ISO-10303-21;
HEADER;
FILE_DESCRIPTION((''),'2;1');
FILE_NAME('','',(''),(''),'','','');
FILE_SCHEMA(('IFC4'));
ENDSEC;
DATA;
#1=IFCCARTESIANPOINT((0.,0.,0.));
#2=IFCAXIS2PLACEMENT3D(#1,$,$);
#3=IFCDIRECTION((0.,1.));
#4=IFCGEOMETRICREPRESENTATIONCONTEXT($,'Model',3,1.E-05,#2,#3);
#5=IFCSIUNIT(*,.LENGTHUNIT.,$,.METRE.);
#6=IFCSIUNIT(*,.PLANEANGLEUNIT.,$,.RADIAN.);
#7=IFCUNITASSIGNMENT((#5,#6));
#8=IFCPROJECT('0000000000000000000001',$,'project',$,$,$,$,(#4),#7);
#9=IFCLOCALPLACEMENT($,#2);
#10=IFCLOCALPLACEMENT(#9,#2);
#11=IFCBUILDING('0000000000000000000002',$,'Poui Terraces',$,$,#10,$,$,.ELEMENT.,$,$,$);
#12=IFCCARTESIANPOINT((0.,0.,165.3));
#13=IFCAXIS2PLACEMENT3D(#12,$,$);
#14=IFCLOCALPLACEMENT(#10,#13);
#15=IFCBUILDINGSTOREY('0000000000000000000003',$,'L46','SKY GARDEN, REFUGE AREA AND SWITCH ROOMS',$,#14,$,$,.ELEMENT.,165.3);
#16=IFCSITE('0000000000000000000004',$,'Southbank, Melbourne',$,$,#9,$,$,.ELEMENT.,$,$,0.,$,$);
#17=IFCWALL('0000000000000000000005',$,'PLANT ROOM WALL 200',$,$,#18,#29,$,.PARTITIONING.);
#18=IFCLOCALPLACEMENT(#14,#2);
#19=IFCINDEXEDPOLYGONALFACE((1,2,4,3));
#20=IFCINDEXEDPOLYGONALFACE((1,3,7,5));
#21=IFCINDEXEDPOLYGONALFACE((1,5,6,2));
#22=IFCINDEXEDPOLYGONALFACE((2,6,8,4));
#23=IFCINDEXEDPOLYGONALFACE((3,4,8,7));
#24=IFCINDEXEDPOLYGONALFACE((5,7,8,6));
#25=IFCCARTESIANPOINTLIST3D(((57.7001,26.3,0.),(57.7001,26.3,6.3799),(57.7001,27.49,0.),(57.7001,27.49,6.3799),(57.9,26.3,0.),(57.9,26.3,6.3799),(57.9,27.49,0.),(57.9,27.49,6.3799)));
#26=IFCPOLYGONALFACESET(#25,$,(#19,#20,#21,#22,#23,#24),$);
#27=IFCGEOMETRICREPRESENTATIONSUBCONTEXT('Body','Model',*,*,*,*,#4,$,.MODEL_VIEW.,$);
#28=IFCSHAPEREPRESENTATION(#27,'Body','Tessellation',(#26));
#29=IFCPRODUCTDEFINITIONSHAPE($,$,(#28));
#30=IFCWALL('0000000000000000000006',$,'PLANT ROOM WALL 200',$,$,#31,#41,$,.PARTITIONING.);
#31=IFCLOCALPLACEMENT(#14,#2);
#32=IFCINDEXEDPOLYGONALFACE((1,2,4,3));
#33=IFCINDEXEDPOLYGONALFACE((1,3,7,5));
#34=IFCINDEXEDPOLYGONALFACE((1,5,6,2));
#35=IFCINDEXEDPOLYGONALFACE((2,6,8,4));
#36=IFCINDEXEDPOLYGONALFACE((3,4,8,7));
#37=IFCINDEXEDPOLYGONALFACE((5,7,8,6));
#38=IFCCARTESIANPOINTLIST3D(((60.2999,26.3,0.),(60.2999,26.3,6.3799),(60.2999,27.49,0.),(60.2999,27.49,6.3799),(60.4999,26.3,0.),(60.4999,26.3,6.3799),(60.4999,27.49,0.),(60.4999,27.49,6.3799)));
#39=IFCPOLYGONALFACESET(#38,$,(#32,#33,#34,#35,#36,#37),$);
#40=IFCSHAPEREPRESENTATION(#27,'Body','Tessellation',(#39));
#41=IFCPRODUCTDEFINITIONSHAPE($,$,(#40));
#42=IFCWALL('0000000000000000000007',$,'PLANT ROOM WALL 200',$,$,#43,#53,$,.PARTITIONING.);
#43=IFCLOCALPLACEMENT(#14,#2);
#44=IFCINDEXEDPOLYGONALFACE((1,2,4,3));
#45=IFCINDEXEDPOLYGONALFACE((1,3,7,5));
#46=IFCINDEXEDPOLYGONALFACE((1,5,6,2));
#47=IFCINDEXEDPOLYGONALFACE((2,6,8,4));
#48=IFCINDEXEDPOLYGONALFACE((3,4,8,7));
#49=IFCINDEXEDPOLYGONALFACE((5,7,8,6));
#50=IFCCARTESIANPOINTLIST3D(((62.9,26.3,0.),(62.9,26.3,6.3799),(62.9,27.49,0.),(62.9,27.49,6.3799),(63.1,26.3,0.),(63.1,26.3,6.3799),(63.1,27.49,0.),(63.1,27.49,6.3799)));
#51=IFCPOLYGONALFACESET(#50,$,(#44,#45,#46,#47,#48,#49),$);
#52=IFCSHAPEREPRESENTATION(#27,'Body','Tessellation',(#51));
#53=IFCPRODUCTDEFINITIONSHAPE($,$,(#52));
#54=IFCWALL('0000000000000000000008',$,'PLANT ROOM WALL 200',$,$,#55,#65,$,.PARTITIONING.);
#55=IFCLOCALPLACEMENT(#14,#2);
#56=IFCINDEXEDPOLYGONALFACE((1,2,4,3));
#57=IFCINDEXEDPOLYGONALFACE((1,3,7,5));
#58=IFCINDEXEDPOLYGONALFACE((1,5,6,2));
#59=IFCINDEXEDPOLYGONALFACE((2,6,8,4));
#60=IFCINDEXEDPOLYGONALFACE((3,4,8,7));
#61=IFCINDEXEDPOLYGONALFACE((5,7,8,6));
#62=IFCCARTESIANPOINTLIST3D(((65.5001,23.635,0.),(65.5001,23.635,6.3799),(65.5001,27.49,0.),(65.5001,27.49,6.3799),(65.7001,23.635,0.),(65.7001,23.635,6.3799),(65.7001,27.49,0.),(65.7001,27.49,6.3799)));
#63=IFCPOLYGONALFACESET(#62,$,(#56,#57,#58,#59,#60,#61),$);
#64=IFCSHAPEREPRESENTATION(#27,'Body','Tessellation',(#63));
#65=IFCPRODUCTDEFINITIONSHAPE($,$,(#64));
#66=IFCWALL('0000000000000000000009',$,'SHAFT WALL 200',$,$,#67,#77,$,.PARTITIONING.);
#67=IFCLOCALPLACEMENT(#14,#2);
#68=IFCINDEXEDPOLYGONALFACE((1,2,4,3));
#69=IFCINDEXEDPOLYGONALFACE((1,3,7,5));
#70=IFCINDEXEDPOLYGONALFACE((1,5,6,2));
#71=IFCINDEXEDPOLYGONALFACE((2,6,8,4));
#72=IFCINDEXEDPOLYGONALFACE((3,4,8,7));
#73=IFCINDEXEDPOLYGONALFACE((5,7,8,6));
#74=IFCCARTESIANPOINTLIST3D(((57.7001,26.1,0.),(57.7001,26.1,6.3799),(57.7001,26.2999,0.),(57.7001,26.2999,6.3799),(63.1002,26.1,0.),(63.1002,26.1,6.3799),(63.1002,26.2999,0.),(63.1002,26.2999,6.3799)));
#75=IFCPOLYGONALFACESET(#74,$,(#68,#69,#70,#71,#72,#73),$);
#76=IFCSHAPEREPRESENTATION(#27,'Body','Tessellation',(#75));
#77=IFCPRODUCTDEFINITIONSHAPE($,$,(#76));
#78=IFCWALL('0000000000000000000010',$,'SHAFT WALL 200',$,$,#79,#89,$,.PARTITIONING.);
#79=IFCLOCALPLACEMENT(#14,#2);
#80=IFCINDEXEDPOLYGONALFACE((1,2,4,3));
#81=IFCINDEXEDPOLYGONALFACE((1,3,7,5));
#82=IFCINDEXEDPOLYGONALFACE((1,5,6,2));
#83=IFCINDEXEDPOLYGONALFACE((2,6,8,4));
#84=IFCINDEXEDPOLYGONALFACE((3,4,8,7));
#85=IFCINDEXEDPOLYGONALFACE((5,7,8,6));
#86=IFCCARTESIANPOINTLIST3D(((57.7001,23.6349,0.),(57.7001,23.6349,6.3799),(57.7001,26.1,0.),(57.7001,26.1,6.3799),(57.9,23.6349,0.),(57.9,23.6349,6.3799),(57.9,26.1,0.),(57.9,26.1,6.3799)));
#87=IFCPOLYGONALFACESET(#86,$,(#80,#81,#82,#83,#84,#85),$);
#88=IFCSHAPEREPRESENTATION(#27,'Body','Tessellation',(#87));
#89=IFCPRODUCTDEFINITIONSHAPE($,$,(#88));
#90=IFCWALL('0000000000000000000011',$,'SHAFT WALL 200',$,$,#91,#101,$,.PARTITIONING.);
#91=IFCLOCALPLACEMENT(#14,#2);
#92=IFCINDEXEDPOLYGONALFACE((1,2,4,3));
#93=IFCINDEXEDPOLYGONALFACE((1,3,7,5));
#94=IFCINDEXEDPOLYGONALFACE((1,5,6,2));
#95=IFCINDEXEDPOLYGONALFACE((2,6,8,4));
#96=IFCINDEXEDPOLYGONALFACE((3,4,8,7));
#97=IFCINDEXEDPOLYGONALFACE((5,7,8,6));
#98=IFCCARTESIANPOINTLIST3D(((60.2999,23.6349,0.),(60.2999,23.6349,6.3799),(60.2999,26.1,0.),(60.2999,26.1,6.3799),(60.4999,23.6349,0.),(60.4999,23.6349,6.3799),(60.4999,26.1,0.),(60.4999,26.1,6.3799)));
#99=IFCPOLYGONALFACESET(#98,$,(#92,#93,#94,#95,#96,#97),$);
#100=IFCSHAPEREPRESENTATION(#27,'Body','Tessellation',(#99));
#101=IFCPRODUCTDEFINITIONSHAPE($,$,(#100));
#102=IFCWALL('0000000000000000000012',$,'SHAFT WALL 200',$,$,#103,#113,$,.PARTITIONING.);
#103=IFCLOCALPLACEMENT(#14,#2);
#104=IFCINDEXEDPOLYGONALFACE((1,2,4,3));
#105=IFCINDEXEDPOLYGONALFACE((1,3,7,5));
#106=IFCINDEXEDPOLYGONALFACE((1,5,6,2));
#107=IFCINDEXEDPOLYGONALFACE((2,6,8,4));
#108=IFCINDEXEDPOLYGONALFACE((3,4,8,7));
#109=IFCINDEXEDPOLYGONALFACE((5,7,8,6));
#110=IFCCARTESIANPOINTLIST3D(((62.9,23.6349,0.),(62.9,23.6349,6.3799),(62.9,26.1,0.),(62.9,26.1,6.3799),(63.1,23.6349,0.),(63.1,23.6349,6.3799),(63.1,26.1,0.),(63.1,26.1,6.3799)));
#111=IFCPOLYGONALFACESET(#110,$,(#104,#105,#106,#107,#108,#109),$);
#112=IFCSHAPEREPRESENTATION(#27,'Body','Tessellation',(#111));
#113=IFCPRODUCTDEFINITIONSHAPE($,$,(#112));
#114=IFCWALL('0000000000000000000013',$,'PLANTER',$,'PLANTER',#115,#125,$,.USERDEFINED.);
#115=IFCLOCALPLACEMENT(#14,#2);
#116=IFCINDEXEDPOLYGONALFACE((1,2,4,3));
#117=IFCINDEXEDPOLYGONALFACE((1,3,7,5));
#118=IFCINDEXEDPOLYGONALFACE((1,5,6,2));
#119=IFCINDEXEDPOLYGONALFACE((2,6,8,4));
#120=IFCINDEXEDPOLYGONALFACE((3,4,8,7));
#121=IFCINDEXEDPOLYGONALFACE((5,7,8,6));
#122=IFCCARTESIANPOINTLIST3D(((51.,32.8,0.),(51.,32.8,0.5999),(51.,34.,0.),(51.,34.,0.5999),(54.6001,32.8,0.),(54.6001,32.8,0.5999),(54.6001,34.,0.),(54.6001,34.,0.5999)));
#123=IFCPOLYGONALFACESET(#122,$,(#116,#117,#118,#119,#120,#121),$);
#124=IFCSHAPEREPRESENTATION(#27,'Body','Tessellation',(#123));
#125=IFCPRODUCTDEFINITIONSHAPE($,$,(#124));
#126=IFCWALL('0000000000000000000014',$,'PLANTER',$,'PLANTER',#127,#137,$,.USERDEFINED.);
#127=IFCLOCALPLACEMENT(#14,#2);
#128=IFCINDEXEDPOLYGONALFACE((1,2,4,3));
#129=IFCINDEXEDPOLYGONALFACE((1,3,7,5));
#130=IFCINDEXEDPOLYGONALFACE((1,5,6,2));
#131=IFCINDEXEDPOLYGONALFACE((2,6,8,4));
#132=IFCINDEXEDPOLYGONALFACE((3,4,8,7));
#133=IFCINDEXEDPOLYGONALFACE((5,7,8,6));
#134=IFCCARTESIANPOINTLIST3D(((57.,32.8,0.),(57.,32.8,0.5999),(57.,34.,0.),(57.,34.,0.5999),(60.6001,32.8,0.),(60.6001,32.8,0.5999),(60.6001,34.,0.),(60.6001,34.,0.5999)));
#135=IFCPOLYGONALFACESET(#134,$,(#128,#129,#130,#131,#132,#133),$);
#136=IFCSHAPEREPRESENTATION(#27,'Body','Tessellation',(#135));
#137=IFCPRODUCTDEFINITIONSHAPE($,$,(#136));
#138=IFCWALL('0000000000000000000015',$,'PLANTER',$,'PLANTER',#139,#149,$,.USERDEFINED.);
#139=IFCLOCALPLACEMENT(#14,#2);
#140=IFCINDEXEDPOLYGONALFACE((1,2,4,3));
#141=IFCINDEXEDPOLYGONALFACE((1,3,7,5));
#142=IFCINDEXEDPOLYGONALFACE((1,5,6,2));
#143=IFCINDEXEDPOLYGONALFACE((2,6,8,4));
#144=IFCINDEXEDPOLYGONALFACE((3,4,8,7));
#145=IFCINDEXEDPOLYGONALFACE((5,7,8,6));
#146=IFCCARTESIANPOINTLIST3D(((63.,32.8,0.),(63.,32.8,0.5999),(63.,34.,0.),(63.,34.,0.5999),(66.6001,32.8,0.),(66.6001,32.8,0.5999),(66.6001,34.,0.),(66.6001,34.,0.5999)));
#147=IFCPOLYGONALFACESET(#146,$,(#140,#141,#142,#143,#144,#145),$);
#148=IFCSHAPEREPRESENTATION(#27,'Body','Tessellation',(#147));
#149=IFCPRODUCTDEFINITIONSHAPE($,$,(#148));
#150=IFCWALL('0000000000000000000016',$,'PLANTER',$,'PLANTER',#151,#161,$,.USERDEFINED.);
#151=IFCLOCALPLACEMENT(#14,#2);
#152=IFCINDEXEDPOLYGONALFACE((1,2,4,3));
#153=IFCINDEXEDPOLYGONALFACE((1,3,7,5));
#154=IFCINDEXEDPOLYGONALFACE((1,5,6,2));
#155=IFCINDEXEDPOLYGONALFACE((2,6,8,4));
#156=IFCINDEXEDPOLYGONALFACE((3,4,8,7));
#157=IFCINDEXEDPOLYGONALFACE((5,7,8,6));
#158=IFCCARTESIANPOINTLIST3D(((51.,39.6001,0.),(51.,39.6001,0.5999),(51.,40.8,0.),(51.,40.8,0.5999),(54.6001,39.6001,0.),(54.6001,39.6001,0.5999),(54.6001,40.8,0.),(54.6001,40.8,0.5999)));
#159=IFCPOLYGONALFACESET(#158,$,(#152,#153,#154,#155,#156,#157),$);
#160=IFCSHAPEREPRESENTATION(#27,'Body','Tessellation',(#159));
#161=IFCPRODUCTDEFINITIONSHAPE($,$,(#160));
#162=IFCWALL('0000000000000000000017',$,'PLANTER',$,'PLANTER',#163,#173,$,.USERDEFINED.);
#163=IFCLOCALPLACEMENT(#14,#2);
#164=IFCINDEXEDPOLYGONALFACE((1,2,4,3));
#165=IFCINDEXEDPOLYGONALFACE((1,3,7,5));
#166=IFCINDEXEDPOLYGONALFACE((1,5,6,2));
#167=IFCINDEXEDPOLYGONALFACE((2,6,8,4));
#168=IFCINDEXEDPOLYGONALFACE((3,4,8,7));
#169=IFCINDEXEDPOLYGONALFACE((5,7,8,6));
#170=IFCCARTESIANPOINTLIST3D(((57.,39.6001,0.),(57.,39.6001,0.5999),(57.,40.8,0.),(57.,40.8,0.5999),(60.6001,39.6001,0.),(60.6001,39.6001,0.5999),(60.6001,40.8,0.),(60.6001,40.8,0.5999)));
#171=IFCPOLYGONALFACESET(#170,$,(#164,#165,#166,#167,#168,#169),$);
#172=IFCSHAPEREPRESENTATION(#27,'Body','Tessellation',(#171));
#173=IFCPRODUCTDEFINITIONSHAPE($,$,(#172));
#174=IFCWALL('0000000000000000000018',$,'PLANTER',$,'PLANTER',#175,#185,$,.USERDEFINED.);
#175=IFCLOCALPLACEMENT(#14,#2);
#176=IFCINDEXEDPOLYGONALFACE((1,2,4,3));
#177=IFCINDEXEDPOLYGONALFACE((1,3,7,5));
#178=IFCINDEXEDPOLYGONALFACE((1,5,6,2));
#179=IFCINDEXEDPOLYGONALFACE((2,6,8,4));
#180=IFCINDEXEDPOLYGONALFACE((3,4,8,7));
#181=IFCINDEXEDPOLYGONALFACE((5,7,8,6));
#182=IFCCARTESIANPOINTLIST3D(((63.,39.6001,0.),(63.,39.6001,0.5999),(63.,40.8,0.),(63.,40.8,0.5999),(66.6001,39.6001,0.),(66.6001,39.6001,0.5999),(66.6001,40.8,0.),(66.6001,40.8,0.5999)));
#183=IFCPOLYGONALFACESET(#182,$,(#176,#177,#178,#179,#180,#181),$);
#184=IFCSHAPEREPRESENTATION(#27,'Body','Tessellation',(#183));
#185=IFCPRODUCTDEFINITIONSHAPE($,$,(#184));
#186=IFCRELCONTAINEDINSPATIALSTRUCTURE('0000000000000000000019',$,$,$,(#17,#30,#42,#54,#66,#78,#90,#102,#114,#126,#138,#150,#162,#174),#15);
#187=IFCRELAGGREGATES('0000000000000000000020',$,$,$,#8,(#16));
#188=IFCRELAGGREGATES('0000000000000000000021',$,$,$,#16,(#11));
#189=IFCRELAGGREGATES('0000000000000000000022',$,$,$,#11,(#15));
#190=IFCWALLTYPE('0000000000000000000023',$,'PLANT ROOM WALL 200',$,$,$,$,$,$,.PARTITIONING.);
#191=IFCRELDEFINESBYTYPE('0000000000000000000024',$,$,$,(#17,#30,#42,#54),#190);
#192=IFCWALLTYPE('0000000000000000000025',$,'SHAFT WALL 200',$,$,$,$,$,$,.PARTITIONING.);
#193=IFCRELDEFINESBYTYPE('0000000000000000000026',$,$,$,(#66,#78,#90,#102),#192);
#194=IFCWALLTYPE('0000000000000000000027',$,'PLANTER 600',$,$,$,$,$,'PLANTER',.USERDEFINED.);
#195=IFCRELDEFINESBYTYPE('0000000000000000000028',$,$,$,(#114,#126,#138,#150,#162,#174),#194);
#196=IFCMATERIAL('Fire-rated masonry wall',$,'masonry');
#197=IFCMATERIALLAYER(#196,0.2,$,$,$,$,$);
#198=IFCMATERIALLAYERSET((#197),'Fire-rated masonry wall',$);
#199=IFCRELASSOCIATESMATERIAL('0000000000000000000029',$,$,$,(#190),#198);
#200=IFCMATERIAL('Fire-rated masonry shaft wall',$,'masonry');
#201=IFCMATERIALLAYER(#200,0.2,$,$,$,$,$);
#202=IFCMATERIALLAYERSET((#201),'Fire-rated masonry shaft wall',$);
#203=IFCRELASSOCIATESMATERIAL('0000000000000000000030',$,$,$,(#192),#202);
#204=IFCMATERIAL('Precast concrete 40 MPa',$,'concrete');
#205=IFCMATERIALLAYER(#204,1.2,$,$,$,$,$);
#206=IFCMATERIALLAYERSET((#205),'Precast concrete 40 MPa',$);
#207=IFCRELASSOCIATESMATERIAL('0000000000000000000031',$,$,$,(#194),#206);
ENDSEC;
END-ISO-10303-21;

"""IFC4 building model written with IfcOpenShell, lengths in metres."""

from ifc_helpers import new_model, si_unit, direction, frame, frame_2d, origin, place, context, subcontext, project, spatial, polyline, rectangle, outline, extrude, source, transform, mapped, material, layer, layer_set, type_object, element, save


model = new_model("IFC4")

# Units and contexts
model_context = context("Model", 3, precision=1e-05, world=origin(), true_north=direction((0.0, 1.0)))
body_context = subcontext(model_context, "Body", "Model", "MODEL_VIEW")
ifc_project = project(units=[si_unit("LENGTHUNIT", "METRE"), si_unit("PLANEANGLEUNIT", "RADIAN")], contexts=[model_context])

# Site, building, storey
site_placement = place(None, origin())
site = spatial("IfcSite", under=ifc_project, at=site_placement, Name="Southbank, Melbourne", CompositionType="ELEMENT", RefElevation=0.0)
building_placement = place(site_placement, origin())
building = spatial("IfcBuilding", under=site, at=building_placement, Name="Poui Terraces", CompositionType="ELEMENT")
storey_placement = place(building_placement, frame((0.0, 0.0, 165.3)))
storey = spatial("IfcBuildingStorey", under=building, at=storey_placement, Name="L46", Description="SKY GARDEN, REFUGE AREA AND SWITCH ROOMS", CompositionType="ELEMENT", Elevation=165.3)

# Walls
ifc_material_1 = material(Name="Fire-rated masonry wall", Category="masonry")
ifc_layer_1 = layer(ifc_material_1, 0.2)
ifc_layer_set_1 = layer_set([ifc_layer_1], Name="Fire-rated masonry wall")
wall_type_1 = type_object("IfcWallType", Name="PLANT ROOM WALL 200", PredefinedType="PARTITIONING", material=ifc_layer_set_1)
for number, where, z_axis, x_axis, name in (
    (1, (57.8, 26.3, 0.0), (0.0, 0.0, 1.0), (0.0, 1.0, 0.0), "PLANT ROOM WALL 200"),
    (2, (60.3999, 26.3, 0.0), (0.0, 0.0, 1.0), (0.0, 1.0, 0.0), "PLANT ROOM WALL 200"),
    (3, (63.0, 26.3, 0.0), (0.0, 0.0, 1.0), (0.0, 1.0, 0.0), "PLANT ROOM WALL 200"),
):
    element("IfcWall", number, at=place(storey_placement, frame(where, z_axis=z_axis, x_axis=x_axis)), inside=storey, type_object=wall_type_1, Name=name, PredefinedType="PARTITIONING", context=body_context, shape_type="SweptSolid", body=[
        extrude(rectangle(XDim=1.1899, YDim=0.2, at=frame_2d((0.595, 0.0))), origin(), (0.0, 0.0, 1.0), 6.3799),
    ])
wall_1_placement = place(storey_placement, frame((65.6001, 23.635, 0.0), z_axis=(0.0, 0.0, 1.0), x_axis=(0.0, 1.0, 0.0)))
element("IfcWall", 4, at=wall_1_placement, inside=storey, type_object=wall_type_1, Name="PLANT ROOM WALL 200", PredefinedType="PARTITIONING", context=body_context, shape_type="SweptSolid", body=[
    extrude(rectangle(XDim=3.855, YDim=0.2, at=frame_2d((1.9275, 0.0))), origin(), (0.0, 0.0, 1.0), 6.3799),
])
ifc_material_2 = material(Name="Fire-rated masonry shaft wall", Category="masonry")
ifc_layer_2 = layer(ifc_material_2, 0.2)
ifc_layer_set_2 = layer_set([ifc_layer_2], Name="Fire-rated masonry shaft wall")
wall_type_2 = type_object("IfcWallType", Name="SHAFT WALL 200", PredefinedType="PARTITIONING", material=ifc_layer_set_2)
wall_2_placement = place(storey_placement, frame((57.7, 26.2, 0.0), z_axis=(0.0, 0.0, 1.0), x_axis=(1.0, 0.0, 0.0)))
element("IfcWall", 5, at=wall_2_placement, inside=storey, type_object=wall_type_2, Name="SHAFT WALL 200", PredefinedType="PARTITIONING", context=body_context, shape_type="SweptSolid", body=[
    extrude(rectangle(XDim=5.4001, YDim=0.2, at=frame_2d((2.7002, 0.0))), origin(), (0.0, 0.0, 1.0), 6.3799),
])
for number, where, z_axis, x_axis, name in (
    (6, (57.8, 23.635, 0.0), (0.0, 0.0, 1.0), (0.0, 1.0, 0.0), "SHAFT WALL 200"),
    (7, (60.3999, 23.635, 0.0), (0.0, 0.0, 1.0), (0.0, 1.0, 0.0), "SHAFT WALL 200"),
    (8, (63.0, 23.635, 0.0), (0.0, 0.0, 1.0), (0.0, 1.0, 0.0), "SHAFT WALL 200"),
):
    element("IfcWall", number, at=place(storey_placement, frame(where, z_axis=z_axis, x_axis=x_axis)), inside=storey, type_object=wall_type_2, Name=name, PredefinedType="PARTITIONING", context=body_context, shape_type="SweptSolid", body=[
        extrude(rectangle(XDim=2.4651, YDim=0.2, at=frame_2d((1.2324, 0.0))), origin(), (0.0, 0.0, 1.0), 6.3799),
    ])
ifc_material_3 = material(Name="Precast concrete 40 MPa", Category="concrete")
ifc_layer_3 = layer(ifc_material_3, 1.2)
ifc_layer_set_3 = layer_set([ifc_layer_3], Name="Precast concrete 40 MPa")
wall_type_3 = type_object("IfcWallType", Name="PLANTER 600", ElementType="PLANTER", PredefinedType="USERDEFINED", material=ifc_layer_set_3)
shared_shape_1 = source(origin(), body_context, "Body", "SweptSolid", [
    extrude(outline(polyline([(0.0, 0.0), (3.6001, 0.0), (3.6001, 1.2), (0.0, 1.2), (0.0, 0.0)])), origin(), (0.0, 0.0, 1.0), 0.5999),
])
for number, where, name in (
    (9, (51.0, 32.8, 0.0), "PLANTER"),
    (10, (57.0, 32.8, 0.0), "PLANTER"),
    (11, (63.0, 32.8, 0.0), "PLANTER"),
    (12, (51.0, 39.6001, 0.0), "PLANTER"),
    (13, (57.0, 39.6001, 0.0), "PLANTER"),
    (14, (63.0, 39.6001, 0.0), "PLANTER"),
):
    element("IfcWall", number, at=place(storey_placement, frame(where)), inside=storey, type_object=wall_type_3, Name=name, ObjectType="PLANTER", PredefinedType="USERDEFINED", context=body_context, shape_type="MappedRepresentation", body=[
        mapped(shared_shape_1, transform((0.0, 0.0, 0.0))),
    ])

save(model, "model.ifc")
